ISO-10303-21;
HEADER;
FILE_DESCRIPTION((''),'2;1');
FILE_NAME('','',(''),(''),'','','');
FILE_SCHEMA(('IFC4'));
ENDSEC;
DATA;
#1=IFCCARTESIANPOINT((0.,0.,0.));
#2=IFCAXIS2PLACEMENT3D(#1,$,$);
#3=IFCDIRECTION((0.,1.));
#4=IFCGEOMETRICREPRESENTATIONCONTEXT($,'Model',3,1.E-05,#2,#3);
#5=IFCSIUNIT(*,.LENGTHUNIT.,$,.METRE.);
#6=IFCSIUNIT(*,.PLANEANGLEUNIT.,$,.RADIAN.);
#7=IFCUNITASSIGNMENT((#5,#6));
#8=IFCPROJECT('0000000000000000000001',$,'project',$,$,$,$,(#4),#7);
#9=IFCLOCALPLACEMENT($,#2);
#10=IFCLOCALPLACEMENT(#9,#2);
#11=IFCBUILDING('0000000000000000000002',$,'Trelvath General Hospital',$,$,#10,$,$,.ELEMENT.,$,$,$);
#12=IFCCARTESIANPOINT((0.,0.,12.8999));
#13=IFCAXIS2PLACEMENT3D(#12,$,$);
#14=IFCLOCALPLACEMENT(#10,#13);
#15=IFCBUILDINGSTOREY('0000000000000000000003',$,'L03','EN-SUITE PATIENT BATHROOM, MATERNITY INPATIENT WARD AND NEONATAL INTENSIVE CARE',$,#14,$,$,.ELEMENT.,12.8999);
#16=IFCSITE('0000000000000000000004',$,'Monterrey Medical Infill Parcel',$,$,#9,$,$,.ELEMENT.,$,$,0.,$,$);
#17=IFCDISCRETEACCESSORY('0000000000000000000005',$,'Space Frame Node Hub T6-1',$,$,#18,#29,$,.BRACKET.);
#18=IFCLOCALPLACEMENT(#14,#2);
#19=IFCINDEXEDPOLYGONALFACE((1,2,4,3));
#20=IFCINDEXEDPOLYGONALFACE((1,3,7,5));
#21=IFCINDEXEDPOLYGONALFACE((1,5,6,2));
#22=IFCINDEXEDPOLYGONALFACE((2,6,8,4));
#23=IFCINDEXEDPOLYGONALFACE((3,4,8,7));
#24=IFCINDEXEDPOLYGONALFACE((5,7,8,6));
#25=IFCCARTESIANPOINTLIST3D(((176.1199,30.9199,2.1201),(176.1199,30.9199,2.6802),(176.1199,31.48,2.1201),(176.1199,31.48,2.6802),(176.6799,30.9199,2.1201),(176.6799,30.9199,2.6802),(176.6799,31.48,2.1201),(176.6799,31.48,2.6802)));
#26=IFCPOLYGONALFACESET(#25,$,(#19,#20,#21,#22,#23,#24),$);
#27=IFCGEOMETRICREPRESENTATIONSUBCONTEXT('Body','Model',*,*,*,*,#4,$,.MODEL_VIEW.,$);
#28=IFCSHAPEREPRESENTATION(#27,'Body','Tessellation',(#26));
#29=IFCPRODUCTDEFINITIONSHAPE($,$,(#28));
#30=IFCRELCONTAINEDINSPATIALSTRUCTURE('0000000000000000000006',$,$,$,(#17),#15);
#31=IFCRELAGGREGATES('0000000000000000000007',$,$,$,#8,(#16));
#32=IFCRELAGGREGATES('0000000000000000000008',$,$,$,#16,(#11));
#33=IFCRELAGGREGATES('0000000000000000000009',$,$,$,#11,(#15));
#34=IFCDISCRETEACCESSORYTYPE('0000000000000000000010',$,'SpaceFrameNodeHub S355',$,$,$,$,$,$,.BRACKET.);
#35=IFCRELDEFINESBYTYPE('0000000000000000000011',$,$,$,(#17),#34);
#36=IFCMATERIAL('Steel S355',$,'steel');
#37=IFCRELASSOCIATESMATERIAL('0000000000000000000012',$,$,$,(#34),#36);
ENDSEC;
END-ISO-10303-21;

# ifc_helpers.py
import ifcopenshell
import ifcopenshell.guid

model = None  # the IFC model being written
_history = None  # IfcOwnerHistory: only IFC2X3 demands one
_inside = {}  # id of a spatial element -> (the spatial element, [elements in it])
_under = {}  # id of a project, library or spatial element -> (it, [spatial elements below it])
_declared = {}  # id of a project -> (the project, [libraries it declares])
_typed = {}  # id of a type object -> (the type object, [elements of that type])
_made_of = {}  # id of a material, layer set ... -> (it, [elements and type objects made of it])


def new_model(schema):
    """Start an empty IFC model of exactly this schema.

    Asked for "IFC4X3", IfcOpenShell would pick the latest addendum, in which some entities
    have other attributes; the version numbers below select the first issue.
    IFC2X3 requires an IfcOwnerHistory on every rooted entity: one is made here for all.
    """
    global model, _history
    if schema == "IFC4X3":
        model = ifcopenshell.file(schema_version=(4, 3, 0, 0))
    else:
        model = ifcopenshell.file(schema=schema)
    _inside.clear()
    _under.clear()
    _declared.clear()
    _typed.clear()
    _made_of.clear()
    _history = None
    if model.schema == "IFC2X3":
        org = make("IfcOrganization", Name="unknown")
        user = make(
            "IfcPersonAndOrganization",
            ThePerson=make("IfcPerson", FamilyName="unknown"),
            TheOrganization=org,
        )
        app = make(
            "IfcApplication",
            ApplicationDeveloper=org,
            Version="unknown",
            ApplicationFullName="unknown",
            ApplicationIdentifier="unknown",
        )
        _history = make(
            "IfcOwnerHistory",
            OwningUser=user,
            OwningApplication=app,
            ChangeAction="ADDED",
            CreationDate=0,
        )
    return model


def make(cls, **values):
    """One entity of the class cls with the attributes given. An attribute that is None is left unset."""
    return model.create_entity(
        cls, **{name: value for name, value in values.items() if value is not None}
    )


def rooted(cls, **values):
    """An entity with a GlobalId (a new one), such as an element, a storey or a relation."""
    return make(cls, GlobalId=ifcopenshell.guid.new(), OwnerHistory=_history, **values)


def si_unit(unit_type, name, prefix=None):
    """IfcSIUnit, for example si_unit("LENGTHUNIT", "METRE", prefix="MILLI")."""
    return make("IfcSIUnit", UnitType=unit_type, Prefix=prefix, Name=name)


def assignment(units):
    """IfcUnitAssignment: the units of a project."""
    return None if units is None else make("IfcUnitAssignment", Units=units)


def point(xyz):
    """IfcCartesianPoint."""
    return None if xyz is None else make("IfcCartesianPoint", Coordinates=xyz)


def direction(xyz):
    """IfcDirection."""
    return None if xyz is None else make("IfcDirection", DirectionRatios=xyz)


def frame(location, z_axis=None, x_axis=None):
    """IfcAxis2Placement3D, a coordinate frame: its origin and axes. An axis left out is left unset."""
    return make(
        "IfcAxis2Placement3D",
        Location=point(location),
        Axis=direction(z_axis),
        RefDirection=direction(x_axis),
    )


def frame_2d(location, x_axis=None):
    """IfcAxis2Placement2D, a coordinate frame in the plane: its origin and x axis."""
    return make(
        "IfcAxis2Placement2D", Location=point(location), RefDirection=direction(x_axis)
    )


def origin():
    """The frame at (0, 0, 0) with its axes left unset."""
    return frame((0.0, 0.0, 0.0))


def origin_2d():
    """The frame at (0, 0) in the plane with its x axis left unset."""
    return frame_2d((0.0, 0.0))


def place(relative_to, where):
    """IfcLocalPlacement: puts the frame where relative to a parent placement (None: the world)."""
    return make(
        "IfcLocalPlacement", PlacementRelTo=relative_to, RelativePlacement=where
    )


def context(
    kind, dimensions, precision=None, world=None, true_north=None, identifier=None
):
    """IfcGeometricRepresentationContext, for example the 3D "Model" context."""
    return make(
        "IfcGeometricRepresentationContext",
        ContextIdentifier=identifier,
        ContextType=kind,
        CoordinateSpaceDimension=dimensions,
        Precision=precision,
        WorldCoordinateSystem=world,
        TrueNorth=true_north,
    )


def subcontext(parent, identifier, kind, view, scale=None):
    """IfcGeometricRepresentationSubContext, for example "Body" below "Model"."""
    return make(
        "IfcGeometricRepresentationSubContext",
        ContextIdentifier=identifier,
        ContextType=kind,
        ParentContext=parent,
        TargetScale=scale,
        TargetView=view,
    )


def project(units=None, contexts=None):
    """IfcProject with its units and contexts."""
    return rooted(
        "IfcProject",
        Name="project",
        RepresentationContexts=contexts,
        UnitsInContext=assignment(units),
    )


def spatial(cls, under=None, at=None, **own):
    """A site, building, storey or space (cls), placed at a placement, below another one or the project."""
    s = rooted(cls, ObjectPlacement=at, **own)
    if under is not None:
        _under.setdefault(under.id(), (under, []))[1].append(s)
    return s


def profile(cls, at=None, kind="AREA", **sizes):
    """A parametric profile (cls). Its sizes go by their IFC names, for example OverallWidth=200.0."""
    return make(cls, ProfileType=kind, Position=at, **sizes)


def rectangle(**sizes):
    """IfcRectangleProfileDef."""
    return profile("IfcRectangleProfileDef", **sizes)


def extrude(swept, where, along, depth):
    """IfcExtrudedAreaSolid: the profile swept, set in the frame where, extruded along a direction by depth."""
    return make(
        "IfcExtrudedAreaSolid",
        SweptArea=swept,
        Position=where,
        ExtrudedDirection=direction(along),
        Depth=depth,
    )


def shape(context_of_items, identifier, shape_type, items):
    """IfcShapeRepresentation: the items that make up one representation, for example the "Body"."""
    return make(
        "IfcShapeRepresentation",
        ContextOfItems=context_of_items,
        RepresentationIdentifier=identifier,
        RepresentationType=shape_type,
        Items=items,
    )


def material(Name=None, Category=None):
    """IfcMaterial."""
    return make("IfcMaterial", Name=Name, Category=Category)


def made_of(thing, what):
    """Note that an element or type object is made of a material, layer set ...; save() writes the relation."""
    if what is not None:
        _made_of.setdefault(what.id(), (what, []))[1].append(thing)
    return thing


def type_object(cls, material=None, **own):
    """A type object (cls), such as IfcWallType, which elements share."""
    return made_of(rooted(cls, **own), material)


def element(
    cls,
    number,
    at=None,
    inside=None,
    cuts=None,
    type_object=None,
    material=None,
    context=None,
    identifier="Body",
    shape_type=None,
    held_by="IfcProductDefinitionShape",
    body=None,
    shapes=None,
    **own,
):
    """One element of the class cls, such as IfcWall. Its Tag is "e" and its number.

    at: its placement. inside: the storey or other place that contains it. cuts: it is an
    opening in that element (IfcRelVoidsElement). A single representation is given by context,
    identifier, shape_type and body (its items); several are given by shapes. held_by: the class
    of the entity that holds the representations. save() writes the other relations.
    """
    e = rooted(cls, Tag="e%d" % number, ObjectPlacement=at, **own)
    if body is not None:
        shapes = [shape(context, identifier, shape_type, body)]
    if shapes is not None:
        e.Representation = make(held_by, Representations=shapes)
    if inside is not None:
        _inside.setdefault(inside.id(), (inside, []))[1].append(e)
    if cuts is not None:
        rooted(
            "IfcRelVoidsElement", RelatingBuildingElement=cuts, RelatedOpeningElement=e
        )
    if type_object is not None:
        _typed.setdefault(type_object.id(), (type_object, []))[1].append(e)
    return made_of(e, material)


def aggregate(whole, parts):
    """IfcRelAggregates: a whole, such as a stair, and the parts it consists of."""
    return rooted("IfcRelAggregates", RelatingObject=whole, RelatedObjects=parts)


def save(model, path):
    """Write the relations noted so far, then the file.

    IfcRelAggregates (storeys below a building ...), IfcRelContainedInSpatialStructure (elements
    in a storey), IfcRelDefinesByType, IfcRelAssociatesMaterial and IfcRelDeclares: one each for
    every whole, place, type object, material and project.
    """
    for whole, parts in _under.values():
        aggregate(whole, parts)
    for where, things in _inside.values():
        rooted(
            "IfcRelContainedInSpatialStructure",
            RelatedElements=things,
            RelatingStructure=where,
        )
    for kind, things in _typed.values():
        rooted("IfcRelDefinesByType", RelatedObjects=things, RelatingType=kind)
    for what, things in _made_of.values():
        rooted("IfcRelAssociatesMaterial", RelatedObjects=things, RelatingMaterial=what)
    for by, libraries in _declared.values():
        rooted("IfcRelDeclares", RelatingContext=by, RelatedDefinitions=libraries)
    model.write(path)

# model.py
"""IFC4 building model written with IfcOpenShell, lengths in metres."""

from ifc_helpers import new_model, si_unit, direction, frame, origin, origin_2d, place, context, subcontext, project, spatial, rectangle, extrude, material, type_object, element, save


model = new_model("IFC4")

# Units and contexts
model_context = context("Model", 3, precision=1e-05, world=origin(), true_north=direction((0.0, 1.0)))
body_context = subcontext(model_context, "Body", "Model", "MODEL_VIEW")
ifc_project = project(units=[si_unit("LENGTHUNIT", "METRE"), si_unit("PLANEANGLEUNIT", "RADIAN")], contexts=[model_context])

# Site, building, storey
site_placement = place(None, origin())
site = spatial("IfcSite", under=ifc_project, at=site_placement, Name="Monterrey Medical Infill Parcel", CompositionType="ELEMENT", RefElevation=0.0)
building_placement = place(site_placement, origin())
building = spatial("IfcBuilding", under=site, at=building_placement, Name="Trelvath General Hospital", CompositionType="ELEMENT")
storey_placement = place(building_placement, frame((0.0, 0.0, 12.8999)))
storey = spatial("IfcBuildingStorey", under=building, at=storey_placement, Name="L03", Description="EN-SUITE PATIENT BATHROOM, MATERNITY INPATIENT WARD AND NEONATAL INTENSIVE CARE", CompositionType="ELEMENT", Elevation=12.8999)

# Discrete accessory
ifc_material_1 = material(Name="Steel S355", Category="steel")
discrete_accessory_type = type_object("IfcDiscreteAccessoryType", Name="SpaceFrameNodeHub S355", PredefinedType="BRACKET", material=ifc_material_1)
for number, where, z_axis, x_axis, name in (
    (1, (176.3999, 31.2, 2.1201), (0.0, 0.0, 1.0), (1.0, 0.0, 0.0), "Space Frame Node Hub T6-1"),
):
    element("IfcDiscreteAccessory", number, at=place(storey_placement, frame(where, z_axis=z_axis, x_axis=x_axis)), inside=storey, type_object=discrete_accessory_type, Name=name, PredefinedType="BRACKET", context=body_context, shape_type="SweptSolid", body=[
        extrude(rectangle(XDim=0.5601, YDim=0.5601, at=origin_2d()), origin(), (0.0, 0.0, 1.0), 0.5601),
    ])

save(model, "model.ifc")
